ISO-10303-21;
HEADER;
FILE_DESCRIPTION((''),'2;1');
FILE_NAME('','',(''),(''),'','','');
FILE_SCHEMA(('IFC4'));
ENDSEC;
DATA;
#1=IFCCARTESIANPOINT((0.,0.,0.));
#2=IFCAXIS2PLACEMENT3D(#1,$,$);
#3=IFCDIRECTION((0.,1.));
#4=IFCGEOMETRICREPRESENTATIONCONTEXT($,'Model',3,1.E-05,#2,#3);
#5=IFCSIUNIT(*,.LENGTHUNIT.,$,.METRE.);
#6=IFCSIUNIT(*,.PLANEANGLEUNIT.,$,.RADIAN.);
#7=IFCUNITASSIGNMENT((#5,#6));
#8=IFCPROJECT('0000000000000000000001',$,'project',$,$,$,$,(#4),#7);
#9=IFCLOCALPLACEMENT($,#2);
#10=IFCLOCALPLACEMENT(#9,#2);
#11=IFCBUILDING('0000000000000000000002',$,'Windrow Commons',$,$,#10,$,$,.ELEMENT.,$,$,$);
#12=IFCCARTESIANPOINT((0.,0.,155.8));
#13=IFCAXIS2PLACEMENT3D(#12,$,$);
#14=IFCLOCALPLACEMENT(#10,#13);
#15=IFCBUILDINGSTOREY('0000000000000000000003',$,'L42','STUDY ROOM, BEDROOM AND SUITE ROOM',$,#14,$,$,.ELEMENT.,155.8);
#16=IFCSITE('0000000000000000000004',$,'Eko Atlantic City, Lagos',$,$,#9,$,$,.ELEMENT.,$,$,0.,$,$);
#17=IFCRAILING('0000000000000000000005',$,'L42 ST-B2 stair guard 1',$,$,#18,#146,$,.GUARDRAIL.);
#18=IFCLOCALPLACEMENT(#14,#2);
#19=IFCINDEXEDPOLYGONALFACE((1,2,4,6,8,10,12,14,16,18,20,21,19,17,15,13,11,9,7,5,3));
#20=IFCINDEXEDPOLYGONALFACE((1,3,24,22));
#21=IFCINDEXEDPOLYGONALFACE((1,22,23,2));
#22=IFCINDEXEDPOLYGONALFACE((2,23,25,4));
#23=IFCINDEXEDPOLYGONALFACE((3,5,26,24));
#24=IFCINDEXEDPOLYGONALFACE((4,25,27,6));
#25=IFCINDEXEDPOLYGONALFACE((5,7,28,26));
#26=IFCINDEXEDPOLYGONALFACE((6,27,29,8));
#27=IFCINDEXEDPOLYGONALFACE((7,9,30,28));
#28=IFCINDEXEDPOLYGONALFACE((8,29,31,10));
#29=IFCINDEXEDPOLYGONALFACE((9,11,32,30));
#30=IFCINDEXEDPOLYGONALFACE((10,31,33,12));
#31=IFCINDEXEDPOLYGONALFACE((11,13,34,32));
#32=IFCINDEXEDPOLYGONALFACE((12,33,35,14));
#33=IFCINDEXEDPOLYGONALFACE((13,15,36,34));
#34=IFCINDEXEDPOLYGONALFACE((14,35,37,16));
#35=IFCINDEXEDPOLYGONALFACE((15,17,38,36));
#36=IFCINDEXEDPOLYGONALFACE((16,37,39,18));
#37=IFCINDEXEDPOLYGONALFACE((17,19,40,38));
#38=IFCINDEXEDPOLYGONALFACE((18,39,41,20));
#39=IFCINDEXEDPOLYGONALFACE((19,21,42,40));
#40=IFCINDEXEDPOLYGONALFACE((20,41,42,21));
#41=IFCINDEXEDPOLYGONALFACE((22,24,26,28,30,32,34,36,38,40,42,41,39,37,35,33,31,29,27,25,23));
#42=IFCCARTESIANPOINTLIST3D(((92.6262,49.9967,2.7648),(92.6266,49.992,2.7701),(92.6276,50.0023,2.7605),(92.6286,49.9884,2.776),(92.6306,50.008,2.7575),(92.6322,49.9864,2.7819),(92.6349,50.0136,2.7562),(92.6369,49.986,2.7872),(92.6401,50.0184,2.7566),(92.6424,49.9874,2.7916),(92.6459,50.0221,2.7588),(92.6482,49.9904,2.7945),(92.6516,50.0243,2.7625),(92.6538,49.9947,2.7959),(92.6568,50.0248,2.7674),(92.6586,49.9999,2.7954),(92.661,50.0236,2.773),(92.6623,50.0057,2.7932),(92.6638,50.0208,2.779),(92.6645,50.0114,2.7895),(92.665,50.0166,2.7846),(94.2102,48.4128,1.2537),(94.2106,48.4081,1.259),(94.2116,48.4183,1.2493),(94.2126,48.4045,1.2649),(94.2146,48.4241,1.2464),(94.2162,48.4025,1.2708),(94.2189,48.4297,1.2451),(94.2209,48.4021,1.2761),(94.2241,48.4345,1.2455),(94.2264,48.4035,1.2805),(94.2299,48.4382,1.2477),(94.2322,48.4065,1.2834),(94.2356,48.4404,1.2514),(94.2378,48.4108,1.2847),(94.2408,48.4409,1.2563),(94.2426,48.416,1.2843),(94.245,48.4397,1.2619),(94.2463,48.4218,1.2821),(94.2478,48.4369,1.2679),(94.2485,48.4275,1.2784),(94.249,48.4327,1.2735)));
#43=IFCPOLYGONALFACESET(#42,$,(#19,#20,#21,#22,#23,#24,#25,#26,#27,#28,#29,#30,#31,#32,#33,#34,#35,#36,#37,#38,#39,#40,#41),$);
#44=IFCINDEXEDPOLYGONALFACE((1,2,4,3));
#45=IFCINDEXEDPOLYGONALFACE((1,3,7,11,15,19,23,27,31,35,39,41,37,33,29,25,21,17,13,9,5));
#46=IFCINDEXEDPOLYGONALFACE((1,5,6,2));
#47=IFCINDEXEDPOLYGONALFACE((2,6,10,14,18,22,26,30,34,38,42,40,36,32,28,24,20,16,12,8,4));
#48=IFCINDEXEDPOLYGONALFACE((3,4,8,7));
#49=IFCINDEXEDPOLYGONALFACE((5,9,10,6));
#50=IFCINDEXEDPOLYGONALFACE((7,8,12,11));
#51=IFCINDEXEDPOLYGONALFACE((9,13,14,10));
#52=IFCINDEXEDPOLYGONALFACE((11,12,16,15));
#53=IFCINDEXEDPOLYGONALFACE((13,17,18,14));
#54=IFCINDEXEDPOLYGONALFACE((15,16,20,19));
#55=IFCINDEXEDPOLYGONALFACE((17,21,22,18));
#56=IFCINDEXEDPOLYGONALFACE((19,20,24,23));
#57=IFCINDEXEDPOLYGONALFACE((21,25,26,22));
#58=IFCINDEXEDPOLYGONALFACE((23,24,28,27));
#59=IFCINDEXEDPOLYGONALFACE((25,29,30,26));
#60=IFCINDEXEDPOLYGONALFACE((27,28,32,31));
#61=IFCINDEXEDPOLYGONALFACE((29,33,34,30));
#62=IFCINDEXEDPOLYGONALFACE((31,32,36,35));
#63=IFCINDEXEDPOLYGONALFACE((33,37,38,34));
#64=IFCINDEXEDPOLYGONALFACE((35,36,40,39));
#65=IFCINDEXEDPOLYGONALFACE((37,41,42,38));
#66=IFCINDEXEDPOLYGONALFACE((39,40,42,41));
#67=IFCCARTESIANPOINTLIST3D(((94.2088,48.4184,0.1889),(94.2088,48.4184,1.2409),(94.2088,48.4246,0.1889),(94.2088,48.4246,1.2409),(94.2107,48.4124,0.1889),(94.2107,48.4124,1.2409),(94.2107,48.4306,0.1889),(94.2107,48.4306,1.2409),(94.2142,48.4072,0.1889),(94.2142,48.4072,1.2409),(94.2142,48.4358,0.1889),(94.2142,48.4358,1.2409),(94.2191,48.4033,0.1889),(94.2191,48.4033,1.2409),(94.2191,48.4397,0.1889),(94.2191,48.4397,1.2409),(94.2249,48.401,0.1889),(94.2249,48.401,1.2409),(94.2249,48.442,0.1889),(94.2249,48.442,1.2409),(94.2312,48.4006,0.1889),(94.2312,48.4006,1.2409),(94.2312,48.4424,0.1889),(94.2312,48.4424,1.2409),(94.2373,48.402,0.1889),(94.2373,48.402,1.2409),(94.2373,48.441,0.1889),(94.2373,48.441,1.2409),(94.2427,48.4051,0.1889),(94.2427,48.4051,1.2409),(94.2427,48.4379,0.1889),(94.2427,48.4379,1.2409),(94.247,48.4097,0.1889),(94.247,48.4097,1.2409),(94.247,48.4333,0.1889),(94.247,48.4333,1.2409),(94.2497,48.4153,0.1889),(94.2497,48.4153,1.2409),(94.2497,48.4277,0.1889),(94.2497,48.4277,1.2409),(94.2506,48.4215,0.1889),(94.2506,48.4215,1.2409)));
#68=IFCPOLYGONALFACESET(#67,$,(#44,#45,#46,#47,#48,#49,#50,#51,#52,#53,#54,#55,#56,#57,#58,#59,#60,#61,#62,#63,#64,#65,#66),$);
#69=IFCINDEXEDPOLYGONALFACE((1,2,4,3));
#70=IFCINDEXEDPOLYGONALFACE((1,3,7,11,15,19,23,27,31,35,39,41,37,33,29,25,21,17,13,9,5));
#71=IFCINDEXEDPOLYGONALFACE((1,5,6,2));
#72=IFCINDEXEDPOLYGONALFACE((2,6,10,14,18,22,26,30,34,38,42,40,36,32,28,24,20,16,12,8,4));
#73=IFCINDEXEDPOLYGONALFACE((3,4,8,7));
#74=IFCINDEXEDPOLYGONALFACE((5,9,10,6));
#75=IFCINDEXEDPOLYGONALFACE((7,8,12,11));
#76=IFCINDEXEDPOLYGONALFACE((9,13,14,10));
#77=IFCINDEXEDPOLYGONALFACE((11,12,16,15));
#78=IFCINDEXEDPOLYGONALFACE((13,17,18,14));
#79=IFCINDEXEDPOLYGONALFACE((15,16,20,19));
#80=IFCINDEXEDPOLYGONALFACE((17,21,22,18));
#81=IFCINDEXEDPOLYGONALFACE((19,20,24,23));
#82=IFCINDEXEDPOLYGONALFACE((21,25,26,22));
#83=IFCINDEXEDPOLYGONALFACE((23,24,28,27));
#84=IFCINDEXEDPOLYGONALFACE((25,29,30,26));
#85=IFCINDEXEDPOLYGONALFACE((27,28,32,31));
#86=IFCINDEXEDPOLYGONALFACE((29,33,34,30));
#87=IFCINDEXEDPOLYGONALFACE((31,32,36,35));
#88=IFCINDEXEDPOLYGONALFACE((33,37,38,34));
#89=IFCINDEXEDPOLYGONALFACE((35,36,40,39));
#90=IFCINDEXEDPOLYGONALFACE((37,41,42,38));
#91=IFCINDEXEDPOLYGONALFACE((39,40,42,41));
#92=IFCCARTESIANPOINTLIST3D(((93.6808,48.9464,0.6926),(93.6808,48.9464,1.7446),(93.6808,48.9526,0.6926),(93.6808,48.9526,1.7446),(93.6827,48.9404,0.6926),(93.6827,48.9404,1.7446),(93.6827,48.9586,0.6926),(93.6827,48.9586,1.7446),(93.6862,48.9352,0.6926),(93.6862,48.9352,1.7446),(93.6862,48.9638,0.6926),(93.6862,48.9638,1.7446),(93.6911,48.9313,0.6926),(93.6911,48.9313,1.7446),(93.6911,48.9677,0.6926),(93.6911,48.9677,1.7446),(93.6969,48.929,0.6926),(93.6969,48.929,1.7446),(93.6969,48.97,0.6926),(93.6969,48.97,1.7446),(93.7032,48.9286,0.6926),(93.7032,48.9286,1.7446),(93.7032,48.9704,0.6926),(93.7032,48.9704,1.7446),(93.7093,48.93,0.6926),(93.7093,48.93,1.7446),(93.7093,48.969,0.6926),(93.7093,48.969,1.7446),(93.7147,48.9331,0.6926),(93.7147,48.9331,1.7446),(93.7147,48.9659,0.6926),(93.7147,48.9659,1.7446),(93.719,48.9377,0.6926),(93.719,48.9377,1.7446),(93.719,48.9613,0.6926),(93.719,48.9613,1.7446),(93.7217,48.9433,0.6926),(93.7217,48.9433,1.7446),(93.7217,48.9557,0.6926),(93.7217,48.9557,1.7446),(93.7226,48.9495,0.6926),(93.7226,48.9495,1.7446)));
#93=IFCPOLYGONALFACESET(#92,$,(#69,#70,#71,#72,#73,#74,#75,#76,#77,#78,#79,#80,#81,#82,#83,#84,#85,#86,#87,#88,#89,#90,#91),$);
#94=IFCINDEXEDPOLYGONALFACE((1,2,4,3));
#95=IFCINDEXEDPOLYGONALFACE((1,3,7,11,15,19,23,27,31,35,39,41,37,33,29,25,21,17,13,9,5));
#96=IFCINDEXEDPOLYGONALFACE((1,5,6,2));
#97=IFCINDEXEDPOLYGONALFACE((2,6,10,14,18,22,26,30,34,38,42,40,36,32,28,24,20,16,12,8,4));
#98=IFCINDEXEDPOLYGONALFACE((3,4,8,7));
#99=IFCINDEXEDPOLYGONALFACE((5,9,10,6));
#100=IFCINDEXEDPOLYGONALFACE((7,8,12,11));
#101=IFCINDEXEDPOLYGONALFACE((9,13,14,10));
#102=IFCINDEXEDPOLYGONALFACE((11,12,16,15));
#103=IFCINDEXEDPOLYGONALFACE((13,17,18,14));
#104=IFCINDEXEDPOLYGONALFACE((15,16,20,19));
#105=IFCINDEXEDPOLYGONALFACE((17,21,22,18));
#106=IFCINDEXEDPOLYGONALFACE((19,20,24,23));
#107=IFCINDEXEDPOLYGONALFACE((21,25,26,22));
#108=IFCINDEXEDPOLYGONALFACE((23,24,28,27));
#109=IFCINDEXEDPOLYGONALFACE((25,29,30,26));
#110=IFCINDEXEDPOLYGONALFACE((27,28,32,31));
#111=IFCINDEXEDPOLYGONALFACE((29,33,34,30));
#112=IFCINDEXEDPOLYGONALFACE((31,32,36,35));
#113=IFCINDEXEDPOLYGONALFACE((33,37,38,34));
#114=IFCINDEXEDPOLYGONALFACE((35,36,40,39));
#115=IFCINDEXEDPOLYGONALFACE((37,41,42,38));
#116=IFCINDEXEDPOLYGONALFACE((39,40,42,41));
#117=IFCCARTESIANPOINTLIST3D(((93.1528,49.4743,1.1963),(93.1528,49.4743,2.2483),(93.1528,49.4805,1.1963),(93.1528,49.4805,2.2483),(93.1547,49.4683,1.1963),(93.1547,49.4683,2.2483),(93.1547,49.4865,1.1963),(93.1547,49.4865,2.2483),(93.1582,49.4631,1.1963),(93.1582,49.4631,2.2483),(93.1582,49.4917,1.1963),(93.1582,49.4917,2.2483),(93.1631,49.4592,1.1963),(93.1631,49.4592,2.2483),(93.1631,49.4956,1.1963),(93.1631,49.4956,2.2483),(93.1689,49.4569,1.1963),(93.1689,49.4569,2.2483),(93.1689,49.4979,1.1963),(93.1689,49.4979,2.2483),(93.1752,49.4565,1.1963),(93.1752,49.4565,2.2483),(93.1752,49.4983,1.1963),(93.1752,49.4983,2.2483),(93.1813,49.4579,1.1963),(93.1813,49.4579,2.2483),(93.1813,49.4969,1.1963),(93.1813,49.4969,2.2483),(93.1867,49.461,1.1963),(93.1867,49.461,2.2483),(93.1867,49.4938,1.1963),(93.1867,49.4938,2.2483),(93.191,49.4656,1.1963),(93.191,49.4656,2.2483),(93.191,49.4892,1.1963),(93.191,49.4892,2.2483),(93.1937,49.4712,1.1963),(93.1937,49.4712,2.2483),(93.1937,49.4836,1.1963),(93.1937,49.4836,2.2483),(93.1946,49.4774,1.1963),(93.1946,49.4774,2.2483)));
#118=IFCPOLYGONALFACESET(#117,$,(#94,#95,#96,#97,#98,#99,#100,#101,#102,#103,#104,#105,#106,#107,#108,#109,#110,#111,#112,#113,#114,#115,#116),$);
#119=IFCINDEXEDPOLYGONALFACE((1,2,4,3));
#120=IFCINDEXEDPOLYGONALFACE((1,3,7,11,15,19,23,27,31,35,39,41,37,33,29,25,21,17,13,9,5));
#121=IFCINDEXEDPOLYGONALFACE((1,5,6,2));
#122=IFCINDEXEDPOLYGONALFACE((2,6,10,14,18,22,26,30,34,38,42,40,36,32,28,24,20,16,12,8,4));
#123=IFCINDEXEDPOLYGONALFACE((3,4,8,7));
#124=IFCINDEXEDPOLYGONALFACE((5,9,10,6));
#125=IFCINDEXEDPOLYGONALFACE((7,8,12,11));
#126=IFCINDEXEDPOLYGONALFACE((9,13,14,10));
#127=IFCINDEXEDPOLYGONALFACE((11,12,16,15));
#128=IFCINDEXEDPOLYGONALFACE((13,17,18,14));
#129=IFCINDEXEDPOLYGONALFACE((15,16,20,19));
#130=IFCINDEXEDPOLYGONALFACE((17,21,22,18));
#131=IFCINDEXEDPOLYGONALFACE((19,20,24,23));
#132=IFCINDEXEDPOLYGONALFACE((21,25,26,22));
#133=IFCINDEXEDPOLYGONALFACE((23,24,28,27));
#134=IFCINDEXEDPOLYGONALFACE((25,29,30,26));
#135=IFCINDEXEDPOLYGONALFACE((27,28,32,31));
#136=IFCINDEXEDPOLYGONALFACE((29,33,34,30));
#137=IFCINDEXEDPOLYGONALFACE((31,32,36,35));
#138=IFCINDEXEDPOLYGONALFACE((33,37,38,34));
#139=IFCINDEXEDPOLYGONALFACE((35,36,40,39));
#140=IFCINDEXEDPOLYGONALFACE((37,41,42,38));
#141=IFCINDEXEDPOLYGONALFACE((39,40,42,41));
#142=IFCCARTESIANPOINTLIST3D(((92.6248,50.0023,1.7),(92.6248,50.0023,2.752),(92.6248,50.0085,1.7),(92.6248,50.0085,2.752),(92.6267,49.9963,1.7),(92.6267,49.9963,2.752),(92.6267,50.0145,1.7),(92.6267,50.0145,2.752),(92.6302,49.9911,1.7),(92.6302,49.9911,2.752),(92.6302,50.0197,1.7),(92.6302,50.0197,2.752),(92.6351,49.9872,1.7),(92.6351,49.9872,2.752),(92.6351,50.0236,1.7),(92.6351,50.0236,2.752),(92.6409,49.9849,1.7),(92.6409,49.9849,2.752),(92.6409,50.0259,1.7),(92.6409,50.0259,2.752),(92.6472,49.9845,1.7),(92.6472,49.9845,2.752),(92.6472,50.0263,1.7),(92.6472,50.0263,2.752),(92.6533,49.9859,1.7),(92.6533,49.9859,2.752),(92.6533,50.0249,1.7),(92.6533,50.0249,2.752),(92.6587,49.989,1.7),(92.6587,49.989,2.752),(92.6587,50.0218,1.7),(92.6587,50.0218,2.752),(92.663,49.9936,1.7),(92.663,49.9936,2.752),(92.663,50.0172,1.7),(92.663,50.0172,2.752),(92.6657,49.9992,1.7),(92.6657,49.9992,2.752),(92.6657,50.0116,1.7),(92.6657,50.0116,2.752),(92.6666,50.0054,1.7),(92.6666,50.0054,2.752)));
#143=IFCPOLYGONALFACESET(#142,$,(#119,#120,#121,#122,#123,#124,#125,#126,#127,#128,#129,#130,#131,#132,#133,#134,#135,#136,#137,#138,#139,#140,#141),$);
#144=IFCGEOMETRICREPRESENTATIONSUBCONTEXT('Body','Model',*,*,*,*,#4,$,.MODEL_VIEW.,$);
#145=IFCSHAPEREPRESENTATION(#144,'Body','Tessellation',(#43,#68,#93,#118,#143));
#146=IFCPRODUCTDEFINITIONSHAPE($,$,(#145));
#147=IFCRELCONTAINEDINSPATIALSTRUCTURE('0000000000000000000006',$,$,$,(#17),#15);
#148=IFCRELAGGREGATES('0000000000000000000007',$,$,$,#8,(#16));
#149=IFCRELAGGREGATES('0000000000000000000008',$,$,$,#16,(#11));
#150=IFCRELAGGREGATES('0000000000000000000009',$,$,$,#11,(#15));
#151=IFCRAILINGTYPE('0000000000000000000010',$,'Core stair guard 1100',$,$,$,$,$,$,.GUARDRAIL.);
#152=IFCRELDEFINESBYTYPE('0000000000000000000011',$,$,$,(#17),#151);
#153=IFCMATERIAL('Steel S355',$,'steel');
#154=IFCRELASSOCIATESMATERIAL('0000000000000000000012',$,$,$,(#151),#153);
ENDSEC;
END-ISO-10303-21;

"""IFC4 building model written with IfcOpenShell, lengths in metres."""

from ifc_helpers import new_model, si_unit, direction, frame, origin, origin_2d, place, context, subcontext, project, spatial, circle, extrude, material, type_object, element, save


model = new_model("IFC4")

# Units and contexts
model_context = context("Model", 3, precision=1e-05, world=origin(), true_north=direction((0.0, 1.0)))
body_context = subcontext(model_context, "Body", "Model", "MODEL_VIEW")
ifc_project = project(units=[si_unit("LENGTHUNIT", "METRE"), si_unit("PLANEANGLEUNIT", "RADIAN")], contexts=[model_context])

# Site, building, storey
site_placement = place(None, origin())
site = spatial("IfcSite", under=ifc_project, at=site_placement, Name="Eko Atlantic City, Lagos", CompositionType="ELEMENT", RefElevation=0.0)
building_placement = place(site_placement, origin())
building = spatial("IfcBuilding", under=site, at=building_placement, Name="Windrow Commons", CompositionType="ELEMENT")
storey_placement = place(building_placement, frame((0.0, 0.0, 155.8)))
storey = spatial("IfcBuildingStorey", under=building, at=storey_placement, Name="L42", Description="STUDY ROOM, BEDROOM AND SUITE ROOM", CompositionType="ELEMENT", Elevation=155.8)

# Railing
ifc_material_1 = material(Name="Steel S355", Category="steel")
railing_type_1 = type_object("IfcRailingType", Name="Core stair guard 1100", PredefinedType="GUARDRAIL", material=ifc_material_1)
railing_1_placement = place(storey_placement, frame((94.2296, 48.4215, 0.1889)))
element("IfcRailing", 1, at=railing_1_placement, inside=storey, type_object=railing_type_1, Name="L42 ST-B2 stair guard 1", PredefinedType="GUARDRAIL", context=body_context, shape_type="SweptSolid", body=[
    extrude(circle(Radius=0.024, at=origin_2d()), frame((0.0, 0.0, 1.076), z_axis=(-0.586216, 0.586179, 0.559237), x_axis=(-0.707084, -0.707129, 0.0)), (0.0, 0.0, 1.0), 2.7021),
    extrude(circle(Radius=0.021, at=origin_2d()), origin(), (0.0, 0.0, 1.0), 1.052),
    extrude(circle(Radius=0.021, at=origin_2d()), frame((-0.528, 0.528, 0.5037)), (0.0, 0.0, 1.0), 1.052),
    extrude(circle(Radius=0.021, at=origin_2d()), frame((-1.056, 1.0559, 1.0074)), (0.0, 0.0, 1.0), 1.052),
    extrude(circle(Radius=0.021, at=origin_2d()), frame((-1.584, 1.5839, 1.5111)), (0.0, 0.0, 1.0), 1.052),
])

save(model, "model.ifc")
